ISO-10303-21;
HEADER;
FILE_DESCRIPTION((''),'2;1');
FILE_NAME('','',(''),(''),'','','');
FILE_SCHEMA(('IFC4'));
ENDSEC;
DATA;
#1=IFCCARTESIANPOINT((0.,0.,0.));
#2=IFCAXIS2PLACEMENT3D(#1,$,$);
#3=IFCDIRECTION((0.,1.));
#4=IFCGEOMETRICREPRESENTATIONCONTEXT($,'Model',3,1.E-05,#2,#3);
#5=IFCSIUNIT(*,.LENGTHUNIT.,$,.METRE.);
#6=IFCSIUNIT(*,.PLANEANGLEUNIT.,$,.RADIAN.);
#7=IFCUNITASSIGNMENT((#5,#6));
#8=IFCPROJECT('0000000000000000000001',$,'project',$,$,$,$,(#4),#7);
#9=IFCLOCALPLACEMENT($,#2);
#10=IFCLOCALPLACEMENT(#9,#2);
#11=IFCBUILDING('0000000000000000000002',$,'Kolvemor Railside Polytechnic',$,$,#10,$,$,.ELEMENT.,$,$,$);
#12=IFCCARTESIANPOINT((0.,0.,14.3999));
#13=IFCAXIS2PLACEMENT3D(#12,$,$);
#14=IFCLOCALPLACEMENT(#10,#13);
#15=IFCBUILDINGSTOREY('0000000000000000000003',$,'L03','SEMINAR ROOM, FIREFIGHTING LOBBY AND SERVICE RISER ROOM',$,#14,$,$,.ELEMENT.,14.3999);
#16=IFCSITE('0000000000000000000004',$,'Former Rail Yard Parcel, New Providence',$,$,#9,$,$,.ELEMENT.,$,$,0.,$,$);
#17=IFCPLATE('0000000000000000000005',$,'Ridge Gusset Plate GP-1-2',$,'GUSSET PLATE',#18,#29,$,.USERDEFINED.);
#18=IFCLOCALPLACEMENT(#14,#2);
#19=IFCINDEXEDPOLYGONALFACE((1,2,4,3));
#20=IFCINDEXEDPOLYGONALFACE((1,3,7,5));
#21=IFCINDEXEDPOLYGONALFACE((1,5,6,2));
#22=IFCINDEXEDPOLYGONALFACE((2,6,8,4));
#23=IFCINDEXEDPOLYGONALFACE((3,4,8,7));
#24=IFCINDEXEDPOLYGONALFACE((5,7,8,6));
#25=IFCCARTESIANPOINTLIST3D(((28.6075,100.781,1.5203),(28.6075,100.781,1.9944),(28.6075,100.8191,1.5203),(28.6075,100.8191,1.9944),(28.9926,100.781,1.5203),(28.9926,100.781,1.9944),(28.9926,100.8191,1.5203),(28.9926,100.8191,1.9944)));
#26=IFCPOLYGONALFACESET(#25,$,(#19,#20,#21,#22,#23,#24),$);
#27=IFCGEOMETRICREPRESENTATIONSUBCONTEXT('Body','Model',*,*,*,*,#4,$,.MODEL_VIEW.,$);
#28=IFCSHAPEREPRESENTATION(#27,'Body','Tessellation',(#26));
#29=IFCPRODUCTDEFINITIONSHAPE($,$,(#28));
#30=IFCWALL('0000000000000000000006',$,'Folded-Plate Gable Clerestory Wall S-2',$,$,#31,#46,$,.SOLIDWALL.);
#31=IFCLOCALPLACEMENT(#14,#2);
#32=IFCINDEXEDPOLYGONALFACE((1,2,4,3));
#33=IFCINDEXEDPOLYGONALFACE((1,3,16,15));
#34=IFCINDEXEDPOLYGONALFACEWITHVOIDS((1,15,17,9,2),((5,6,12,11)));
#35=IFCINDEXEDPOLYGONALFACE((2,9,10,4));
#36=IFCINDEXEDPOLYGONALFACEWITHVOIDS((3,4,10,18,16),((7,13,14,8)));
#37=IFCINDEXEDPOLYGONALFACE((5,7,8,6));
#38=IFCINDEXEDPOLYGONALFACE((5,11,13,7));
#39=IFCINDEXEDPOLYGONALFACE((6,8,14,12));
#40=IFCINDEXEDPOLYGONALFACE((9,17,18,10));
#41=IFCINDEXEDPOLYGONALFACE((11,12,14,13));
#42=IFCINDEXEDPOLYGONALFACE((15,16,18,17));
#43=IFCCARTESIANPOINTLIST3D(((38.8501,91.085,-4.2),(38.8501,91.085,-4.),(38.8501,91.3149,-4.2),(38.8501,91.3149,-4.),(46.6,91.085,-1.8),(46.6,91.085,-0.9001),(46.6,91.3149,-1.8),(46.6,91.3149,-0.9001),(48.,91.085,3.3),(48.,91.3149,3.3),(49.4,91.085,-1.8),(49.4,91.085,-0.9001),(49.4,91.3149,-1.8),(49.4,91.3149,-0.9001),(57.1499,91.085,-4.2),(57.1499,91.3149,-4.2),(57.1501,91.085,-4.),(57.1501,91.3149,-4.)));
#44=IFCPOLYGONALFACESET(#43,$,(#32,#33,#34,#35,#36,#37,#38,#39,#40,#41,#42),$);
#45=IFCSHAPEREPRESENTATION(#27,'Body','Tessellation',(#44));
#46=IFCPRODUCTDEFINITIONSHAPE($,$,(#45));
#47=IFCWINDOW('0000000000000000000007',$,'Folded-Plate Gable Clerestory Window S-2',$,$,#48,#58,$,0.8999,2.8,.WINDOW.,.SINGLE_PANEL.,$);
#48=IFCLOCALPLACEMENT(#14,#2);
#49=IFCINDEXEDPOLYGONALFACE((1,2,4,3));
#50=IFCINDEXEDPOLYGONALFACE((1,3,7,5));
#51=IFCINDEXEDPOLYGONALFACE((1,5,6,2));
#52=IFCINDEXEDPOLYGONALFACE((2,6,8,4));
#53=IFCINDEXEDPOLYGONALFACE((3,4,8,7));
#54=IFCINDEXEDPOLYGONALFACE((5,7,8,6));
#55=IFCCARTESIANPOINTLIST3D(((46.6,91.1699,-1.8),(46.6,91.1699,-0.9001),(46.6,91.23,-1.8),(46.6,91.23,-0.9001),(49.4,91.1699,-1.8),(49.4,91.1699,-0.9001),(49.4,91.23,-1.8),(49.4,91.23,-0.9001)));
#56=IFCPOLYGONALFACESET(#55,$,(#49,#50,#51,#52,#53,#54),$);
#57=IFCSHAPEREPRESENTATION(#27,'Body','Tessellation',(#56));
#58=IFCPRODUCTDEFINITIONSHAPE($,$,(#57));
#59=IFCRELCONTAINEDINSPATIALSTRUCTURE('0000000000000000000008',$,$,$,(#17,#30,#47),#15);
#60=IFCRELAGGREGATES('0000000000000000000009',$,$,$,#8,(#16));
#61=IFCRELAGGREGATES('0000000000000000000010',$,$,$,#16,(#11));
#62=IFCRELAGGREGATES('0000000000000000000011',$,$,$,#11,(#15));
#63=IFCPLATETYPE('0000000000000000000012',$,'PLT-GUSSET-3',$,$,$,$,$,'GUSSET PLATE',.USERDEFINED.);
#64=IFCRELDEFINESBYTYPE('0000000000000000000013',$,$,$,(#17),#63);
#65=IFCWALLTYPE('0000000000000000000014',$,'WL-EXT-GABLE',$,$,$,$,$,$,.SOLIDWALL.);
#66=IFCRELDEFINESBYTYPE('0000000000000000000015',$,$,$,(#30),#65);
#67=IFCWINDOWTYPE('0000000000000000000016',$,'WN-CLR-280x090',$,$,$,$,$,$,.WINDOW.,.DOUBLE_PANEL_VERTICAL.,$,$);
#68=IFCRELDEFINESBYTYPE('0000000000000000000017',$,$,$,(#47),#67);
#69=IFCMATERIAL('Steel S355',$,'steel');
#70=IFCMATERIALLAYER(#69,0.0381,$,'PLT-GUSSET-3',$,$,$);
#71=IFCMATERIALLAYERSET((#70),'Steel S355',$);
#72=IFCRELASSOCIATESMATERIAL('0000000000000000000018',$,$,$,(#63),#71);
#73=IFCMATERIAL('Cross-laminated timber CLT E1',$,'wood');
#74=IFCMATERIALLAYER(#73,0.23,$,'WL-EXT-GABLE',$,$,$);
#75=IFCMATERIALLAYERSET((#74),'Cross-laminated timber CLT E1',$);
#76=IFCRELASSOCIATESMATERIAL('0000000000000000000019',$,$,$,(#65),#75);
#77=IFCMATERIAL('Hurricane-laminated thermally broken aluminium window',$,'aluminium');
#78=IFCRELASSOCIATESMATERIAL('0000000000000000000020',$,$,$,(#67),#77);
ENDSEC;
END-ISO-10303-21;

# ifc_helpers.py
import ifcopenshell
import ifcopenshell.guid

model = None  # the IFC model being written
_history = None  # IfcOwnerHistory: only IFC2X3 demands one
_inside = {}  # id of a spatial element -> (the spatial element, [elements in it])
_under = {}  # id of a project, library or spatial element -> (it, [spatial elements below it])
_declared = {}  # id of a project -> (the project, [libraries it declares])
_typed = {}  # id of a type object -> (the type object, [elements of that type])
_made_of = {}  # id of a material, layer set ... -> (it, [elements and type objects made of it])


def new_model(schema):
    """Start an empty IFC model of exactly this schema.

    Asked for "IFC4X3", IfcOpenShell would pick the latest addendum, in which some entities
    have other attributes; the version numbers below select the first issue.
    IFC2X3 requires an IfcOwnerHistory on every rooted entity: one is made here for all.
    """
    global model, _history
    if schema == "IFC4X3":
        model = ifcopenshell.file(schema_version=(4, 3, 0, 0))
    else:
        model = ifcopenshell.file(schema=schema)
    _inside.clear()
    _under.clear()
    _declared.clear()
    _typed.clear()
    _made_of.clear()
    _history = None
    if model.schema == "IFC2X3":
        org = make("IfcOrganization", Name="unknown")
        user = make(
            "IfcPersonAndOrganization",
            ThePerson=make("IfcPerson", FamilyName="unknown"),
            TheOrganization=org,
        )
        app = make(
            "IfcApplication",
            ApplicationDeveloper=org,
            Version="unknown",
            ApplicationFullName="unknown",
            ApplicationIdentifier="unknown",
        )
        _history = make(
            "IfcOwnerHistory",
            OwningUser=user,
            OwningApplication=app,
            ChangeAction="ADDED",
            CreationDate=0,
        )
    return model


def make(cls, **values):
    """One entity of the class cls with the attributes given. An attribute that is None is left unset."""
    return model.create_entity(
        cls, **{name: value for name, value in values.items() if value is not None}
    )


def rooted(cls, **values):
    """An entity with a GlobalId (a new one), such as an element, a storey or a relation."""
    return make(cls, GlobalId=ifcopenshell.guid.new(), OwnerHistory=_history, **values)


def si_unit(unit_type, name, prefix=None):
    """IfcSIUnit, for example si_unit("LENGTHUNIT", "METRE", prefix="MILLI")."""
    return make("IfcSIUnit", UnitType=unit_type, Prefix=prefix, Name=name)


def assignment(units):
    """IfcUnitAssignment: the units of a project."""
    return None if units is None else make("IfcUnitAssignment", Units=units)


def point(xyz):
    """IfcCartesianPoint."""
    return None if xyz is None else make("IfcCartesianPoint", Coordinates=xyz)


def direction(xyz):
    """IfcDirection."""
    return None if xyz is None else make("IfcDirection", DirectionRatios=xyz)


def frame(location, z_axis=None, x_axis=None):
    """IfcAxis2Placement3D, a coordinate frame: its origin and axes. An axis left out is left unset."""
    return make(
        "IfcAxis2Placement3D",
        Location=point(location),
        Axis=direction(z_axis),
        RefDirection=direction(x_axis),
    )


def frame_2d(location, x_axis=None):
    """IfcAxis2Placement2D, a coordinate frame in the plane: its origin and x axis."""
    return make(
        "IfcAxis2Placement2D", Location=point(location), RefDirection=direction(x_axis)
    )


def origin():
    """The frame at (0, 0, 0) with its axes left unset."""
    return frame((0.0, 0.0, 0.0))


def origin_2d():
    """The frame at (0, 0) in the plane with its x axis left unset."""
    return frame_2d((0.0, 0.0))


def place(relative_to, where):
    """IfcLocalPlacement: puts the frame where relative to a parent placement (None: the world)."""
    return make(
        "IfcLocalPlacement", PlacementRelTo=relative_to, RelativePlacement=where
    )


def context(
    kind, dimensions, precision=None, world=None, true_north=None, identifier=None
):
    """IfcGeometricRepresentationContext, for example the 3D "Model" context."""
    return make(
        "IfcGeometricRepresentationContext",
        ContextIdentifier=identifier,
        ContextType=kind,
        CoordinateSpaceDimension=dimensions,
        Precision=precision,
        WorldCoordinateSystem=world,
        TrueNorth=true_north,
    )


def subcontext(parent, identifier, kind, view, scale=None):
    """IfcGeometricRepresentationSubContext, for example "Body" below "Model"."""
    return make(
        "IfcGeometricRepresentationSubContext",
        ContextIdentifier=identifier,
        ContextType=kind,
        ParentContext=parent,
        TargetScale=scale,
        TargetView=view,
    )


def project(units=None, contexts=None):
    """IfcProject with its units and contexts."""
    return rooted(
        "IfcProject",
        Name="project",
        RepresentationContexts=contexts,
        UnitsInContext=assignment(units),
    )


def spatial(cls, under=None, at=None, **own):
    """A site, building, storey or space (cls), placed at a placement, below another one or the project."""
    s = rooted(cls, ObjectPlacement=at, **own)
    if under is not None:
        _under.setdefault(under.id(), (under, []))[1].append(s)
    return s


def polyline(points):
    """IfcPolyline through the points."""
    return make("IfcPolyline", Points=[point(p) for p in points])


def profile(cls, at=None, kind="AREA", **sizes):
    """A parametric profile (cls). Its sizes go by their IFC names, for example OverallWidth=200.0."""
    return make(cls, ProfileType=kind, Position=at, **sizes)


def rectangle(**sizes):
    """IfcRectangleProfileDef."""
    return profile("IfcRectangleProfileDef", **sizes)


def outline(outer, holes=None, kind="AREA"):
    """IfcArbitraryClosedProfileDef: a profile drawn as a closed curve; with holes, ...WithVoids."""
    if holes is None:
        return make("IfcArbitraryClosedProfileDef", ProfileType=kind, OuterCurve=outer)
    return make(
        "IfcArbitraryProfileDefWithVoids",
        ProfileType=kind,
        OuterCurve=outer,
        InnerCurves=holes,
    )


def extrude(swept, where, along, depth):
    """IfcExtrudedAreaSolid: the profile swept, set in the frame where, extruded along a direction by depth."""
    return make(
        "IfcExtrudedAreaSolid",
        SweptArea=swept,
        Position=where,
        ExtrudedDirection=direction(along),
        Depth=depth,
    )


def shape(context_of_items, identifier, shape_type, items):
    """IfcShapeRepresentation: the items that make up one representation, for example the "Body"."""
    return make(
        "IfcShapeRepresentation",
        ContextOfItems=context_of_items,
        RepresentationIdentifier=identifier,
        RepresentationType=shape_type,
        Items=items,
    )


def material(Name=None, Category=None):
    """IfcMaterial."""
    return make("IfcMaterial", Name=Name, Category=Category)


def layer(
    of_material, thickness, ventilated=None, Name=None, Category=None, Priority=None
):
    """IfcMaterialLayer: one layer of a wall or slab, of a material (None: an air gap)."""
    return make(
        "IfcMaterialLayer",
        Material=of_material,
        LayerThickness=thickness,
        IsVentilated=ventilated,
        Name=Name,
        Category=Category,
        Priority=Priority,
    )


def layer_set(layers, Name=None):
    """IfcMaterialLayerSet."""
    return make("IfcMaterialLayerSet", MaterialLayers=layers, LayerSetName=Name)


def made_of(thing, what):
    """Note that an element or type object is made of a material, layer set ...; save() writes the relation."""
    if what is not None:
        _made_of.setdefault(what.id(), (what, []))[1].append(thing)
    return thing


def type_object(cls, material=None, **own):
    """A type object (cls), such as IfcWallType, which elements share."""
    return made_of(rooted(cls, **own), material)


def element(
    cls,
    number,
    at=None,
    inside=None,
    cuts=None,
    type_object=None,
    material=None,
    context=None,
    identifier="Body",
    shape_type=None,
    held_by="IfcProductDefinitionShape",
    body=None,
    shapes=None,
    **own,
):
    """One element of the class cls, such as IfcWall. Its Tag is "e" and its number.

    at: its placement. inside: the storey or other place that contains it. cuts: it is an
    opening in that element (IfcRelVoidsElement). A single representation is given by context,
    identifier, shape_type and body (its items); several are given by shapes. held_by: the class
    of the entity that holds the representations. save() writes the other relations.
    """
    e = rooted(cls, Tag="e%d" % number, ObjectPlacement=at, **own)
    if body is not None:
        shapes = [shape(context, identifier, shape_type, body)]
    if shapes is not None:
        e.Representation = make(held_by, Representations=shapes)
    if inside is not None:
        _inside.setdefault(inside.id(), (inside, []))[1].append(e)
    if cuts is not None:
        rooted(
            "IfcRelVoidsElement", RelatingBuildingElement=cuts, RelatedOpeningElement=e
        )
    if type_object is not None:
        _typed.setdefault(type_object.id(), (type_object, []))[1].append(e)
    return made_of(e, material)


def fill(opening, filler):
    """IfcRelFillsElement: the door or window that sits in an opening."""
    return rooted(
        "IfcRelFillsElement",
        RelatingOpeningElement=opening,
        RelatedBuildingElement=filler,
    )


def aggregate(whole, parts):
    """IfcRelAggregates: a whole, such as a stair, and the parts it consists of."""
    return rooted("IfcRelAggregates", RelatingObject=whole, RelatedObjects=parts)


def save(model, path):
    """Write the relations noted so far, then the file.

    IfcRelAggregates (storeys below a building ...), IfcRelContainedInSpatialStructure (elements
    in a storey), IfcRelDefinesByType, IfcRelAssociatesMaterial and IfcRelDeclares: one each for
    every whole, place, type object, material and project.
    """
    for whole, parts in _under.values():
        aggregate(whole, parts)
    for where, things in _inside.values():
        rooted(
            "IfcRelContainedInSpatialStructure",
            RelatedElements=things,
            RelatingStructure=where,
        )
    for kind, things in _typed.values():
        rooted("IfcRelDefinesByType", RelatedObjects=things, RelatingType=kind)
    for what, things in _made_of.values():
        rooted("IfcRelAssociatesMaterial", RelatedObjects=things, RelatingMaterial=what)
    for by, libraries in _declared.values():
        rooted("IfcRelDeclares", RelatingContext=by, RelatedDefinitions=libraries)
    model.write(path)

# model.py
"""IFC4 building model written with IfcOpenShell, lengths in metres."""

from ifc_helpers import new_model, si_unit, direction, frame, frame_2d, origin, origin_2d, place, context, subcontext, project, spatial, polyline, rectangle, outline, extrude, material, layer, layer_set, type_object, element, fill, save


model = new_model("IFC4")

# Units and contexts
model_context = context("Model", 3, precision=1e-05, world=origin(), true_north=direction((0.0, 1.0)))
body_context = subcontext(model_context, "Body", "Model", "MODEL_VIEW")
ifc_project = project(units=[si_unit("LENGTHUNIT", "METRE"), si_unit("PLANEANGLEUNIT", "RADIAN")], contexts=[model_context])

# Site, building, storey
site_placement = place(None, origin())
site = spatial("IfcSite", under=ifc_project, at=site_placement, Name="Former Rail Yard Parcel, New Providence", CompositionType="ELEMENT", RefElevation=0.0)
building_placement = place(site_placement, origin())
building = spatial("IfcBuilding", under=site, at=building_placement, Name="Kolvemor Railside Polytechnic", CompositionType="ELEMENT")
storey_placement = place(building_placement, frame((0.0, 0.0, 14.3999)))
storey = spatial("IfcBuildingStorey", under=building, at=storey_placement, Name="L03", Description="SEMINAR ROOM, FIREFIGHTING LOBBY AND SERVICE RISER ROOM", CompositionType="ELEMENT", Elevation=14.3999)

# Plate
ifc_material_1 = material(Name="Steel S355", Category="steel")
ifc_layer_1 = layer(ifc_material_1, 0.0381, Name="PLT-GUSSET-3")
ifc_layer_set_1 = layer_set([ifc_layer_1], Name="Steel S355")
plate_type = type_object("IfcPlateType", Name="PLT-GUSSET-3", ElementType="GUSSET PLATE", PredefinedType="USERDEFINED", material=ifc_layer_set_1)
plate_placement = place(storey_placement, frame((28.8, 100.8, 1.5203), z_axis=(0.0, 0.0, 1.0), x_axis=(1.0, 0.0, 0.0)))
element("IfcPlate", 1, at=plate_placement, inside=storey, type_object=plate_type, Name="Ridge Gusset Plate GP-1-2", ObjectType="GUSSET PLATE", PredefinedType="USERDEFINED", context=body_context, shape_type="SweptSolid", body=[
    extrude(rectangle(XDim=0.385, YDim=0.0381, at=origin_2d()), origin(), (0.0, 0.0, 1.0), 0.4741),
])

# Wall, opening, window
ifc_material_2 = material(Name="Cross-laminated timber CLT E1", Category="wood")
ifc_layer_2 = layer(ifc_material_2, 0.23, Name="WL-EXT-GABLE")
ifc_layer_set_2 = layer_set([ifc_layer_2], Name="Cross-laminated timber CLT E1")
wall_type = type_object("IfcWallType", Name="WL-EXT-GABLE", PredefinedType="SOLIDWALL", material=ifc_layer_set_2)
wall_placement = place(storey_placement, frame((38.8501, 91.2, -4.2), z_axis=(0.0, 0.0, 1.0), x_axis=(1.0, 0.0, 0.0)))
wall = element("IfcWall", 2, at=wall_placement, inside=storey, type_object=wall_type, Name="Folded-Plate Gable Clerestory Wall S-2", PredefinedType="SOLIDWALL", context=body_context, shape_type="SweptSolid", body=[
    extrude(outline(polyline([(0.0, 0.0), (18.2998, 0.0), (18.3, 0.2), (9.1499, 7.5), (0.0, 0.2), (0.0, 0.0)])), frame((0.0, 0.115, 0.0), z_axis=(0.0, -1.0, 0.0), x_axis=(1.0, 0.0, 0.0)), (0.0, 0.0, 1.0), 0.23),
])
opening_placement = place(wall_placement, frame((7.75, 0.0, 2.3999)))
opening = element("IfcOpeningElement", 3, at=opening_placement, cuts=wall, PredefinedType="OPENING", context=body_context, shape_type="SweptSolid", body=[
    extrude(rectangle(XDim=2.8, YDim=0.8999, at=frame_2d((1.3999, 0.45))), frame((0.0, 0.125, 0.0), z_axis=(0.0, -1.0, 0.0), x_axis=(1.0, 0.0, 0.0)), (0.0, 0.0, 1.0), 0.25),
])
ifc_material_3 = material(Name="Hurricane-laminated thermally broken aluminium window", Category="aluminium")
window_type = type_object("IfcWindowType", Name="WN-CLR-280x090", PartitioningType="DOUBLE_PANEL_VERTICAL", PredefinedType="WINDOW", material=ifc_material_3)
window_placement = place(opening_placement, origin())
window = element("IfcWindow", 4, at=window_placement, inside=storey, type_object=window_type, Name="Folded-Plate Gable Clerestory Window S-2", OverallHeight=0.8999, OverallWidth=2.8, PartitioningType="SINGLE_PANEL", PredefinedType="WINDOW", context=body_context, shape_type="SweptSolid", body=[
    extrude(rectangle(XDim=2.8, YDim=0.8999, at=frame_2d((1.3999, 0.45))), frame((0.0, 0.03, 0.0), z_axis=(0.0, -1.0, 0.0), x_axis=(1.0, 0.0, 0.0)), (0.0, 0.0, 1.0), 0.0601),
])
fill(opening, window)

save(model, "model.ifc")
